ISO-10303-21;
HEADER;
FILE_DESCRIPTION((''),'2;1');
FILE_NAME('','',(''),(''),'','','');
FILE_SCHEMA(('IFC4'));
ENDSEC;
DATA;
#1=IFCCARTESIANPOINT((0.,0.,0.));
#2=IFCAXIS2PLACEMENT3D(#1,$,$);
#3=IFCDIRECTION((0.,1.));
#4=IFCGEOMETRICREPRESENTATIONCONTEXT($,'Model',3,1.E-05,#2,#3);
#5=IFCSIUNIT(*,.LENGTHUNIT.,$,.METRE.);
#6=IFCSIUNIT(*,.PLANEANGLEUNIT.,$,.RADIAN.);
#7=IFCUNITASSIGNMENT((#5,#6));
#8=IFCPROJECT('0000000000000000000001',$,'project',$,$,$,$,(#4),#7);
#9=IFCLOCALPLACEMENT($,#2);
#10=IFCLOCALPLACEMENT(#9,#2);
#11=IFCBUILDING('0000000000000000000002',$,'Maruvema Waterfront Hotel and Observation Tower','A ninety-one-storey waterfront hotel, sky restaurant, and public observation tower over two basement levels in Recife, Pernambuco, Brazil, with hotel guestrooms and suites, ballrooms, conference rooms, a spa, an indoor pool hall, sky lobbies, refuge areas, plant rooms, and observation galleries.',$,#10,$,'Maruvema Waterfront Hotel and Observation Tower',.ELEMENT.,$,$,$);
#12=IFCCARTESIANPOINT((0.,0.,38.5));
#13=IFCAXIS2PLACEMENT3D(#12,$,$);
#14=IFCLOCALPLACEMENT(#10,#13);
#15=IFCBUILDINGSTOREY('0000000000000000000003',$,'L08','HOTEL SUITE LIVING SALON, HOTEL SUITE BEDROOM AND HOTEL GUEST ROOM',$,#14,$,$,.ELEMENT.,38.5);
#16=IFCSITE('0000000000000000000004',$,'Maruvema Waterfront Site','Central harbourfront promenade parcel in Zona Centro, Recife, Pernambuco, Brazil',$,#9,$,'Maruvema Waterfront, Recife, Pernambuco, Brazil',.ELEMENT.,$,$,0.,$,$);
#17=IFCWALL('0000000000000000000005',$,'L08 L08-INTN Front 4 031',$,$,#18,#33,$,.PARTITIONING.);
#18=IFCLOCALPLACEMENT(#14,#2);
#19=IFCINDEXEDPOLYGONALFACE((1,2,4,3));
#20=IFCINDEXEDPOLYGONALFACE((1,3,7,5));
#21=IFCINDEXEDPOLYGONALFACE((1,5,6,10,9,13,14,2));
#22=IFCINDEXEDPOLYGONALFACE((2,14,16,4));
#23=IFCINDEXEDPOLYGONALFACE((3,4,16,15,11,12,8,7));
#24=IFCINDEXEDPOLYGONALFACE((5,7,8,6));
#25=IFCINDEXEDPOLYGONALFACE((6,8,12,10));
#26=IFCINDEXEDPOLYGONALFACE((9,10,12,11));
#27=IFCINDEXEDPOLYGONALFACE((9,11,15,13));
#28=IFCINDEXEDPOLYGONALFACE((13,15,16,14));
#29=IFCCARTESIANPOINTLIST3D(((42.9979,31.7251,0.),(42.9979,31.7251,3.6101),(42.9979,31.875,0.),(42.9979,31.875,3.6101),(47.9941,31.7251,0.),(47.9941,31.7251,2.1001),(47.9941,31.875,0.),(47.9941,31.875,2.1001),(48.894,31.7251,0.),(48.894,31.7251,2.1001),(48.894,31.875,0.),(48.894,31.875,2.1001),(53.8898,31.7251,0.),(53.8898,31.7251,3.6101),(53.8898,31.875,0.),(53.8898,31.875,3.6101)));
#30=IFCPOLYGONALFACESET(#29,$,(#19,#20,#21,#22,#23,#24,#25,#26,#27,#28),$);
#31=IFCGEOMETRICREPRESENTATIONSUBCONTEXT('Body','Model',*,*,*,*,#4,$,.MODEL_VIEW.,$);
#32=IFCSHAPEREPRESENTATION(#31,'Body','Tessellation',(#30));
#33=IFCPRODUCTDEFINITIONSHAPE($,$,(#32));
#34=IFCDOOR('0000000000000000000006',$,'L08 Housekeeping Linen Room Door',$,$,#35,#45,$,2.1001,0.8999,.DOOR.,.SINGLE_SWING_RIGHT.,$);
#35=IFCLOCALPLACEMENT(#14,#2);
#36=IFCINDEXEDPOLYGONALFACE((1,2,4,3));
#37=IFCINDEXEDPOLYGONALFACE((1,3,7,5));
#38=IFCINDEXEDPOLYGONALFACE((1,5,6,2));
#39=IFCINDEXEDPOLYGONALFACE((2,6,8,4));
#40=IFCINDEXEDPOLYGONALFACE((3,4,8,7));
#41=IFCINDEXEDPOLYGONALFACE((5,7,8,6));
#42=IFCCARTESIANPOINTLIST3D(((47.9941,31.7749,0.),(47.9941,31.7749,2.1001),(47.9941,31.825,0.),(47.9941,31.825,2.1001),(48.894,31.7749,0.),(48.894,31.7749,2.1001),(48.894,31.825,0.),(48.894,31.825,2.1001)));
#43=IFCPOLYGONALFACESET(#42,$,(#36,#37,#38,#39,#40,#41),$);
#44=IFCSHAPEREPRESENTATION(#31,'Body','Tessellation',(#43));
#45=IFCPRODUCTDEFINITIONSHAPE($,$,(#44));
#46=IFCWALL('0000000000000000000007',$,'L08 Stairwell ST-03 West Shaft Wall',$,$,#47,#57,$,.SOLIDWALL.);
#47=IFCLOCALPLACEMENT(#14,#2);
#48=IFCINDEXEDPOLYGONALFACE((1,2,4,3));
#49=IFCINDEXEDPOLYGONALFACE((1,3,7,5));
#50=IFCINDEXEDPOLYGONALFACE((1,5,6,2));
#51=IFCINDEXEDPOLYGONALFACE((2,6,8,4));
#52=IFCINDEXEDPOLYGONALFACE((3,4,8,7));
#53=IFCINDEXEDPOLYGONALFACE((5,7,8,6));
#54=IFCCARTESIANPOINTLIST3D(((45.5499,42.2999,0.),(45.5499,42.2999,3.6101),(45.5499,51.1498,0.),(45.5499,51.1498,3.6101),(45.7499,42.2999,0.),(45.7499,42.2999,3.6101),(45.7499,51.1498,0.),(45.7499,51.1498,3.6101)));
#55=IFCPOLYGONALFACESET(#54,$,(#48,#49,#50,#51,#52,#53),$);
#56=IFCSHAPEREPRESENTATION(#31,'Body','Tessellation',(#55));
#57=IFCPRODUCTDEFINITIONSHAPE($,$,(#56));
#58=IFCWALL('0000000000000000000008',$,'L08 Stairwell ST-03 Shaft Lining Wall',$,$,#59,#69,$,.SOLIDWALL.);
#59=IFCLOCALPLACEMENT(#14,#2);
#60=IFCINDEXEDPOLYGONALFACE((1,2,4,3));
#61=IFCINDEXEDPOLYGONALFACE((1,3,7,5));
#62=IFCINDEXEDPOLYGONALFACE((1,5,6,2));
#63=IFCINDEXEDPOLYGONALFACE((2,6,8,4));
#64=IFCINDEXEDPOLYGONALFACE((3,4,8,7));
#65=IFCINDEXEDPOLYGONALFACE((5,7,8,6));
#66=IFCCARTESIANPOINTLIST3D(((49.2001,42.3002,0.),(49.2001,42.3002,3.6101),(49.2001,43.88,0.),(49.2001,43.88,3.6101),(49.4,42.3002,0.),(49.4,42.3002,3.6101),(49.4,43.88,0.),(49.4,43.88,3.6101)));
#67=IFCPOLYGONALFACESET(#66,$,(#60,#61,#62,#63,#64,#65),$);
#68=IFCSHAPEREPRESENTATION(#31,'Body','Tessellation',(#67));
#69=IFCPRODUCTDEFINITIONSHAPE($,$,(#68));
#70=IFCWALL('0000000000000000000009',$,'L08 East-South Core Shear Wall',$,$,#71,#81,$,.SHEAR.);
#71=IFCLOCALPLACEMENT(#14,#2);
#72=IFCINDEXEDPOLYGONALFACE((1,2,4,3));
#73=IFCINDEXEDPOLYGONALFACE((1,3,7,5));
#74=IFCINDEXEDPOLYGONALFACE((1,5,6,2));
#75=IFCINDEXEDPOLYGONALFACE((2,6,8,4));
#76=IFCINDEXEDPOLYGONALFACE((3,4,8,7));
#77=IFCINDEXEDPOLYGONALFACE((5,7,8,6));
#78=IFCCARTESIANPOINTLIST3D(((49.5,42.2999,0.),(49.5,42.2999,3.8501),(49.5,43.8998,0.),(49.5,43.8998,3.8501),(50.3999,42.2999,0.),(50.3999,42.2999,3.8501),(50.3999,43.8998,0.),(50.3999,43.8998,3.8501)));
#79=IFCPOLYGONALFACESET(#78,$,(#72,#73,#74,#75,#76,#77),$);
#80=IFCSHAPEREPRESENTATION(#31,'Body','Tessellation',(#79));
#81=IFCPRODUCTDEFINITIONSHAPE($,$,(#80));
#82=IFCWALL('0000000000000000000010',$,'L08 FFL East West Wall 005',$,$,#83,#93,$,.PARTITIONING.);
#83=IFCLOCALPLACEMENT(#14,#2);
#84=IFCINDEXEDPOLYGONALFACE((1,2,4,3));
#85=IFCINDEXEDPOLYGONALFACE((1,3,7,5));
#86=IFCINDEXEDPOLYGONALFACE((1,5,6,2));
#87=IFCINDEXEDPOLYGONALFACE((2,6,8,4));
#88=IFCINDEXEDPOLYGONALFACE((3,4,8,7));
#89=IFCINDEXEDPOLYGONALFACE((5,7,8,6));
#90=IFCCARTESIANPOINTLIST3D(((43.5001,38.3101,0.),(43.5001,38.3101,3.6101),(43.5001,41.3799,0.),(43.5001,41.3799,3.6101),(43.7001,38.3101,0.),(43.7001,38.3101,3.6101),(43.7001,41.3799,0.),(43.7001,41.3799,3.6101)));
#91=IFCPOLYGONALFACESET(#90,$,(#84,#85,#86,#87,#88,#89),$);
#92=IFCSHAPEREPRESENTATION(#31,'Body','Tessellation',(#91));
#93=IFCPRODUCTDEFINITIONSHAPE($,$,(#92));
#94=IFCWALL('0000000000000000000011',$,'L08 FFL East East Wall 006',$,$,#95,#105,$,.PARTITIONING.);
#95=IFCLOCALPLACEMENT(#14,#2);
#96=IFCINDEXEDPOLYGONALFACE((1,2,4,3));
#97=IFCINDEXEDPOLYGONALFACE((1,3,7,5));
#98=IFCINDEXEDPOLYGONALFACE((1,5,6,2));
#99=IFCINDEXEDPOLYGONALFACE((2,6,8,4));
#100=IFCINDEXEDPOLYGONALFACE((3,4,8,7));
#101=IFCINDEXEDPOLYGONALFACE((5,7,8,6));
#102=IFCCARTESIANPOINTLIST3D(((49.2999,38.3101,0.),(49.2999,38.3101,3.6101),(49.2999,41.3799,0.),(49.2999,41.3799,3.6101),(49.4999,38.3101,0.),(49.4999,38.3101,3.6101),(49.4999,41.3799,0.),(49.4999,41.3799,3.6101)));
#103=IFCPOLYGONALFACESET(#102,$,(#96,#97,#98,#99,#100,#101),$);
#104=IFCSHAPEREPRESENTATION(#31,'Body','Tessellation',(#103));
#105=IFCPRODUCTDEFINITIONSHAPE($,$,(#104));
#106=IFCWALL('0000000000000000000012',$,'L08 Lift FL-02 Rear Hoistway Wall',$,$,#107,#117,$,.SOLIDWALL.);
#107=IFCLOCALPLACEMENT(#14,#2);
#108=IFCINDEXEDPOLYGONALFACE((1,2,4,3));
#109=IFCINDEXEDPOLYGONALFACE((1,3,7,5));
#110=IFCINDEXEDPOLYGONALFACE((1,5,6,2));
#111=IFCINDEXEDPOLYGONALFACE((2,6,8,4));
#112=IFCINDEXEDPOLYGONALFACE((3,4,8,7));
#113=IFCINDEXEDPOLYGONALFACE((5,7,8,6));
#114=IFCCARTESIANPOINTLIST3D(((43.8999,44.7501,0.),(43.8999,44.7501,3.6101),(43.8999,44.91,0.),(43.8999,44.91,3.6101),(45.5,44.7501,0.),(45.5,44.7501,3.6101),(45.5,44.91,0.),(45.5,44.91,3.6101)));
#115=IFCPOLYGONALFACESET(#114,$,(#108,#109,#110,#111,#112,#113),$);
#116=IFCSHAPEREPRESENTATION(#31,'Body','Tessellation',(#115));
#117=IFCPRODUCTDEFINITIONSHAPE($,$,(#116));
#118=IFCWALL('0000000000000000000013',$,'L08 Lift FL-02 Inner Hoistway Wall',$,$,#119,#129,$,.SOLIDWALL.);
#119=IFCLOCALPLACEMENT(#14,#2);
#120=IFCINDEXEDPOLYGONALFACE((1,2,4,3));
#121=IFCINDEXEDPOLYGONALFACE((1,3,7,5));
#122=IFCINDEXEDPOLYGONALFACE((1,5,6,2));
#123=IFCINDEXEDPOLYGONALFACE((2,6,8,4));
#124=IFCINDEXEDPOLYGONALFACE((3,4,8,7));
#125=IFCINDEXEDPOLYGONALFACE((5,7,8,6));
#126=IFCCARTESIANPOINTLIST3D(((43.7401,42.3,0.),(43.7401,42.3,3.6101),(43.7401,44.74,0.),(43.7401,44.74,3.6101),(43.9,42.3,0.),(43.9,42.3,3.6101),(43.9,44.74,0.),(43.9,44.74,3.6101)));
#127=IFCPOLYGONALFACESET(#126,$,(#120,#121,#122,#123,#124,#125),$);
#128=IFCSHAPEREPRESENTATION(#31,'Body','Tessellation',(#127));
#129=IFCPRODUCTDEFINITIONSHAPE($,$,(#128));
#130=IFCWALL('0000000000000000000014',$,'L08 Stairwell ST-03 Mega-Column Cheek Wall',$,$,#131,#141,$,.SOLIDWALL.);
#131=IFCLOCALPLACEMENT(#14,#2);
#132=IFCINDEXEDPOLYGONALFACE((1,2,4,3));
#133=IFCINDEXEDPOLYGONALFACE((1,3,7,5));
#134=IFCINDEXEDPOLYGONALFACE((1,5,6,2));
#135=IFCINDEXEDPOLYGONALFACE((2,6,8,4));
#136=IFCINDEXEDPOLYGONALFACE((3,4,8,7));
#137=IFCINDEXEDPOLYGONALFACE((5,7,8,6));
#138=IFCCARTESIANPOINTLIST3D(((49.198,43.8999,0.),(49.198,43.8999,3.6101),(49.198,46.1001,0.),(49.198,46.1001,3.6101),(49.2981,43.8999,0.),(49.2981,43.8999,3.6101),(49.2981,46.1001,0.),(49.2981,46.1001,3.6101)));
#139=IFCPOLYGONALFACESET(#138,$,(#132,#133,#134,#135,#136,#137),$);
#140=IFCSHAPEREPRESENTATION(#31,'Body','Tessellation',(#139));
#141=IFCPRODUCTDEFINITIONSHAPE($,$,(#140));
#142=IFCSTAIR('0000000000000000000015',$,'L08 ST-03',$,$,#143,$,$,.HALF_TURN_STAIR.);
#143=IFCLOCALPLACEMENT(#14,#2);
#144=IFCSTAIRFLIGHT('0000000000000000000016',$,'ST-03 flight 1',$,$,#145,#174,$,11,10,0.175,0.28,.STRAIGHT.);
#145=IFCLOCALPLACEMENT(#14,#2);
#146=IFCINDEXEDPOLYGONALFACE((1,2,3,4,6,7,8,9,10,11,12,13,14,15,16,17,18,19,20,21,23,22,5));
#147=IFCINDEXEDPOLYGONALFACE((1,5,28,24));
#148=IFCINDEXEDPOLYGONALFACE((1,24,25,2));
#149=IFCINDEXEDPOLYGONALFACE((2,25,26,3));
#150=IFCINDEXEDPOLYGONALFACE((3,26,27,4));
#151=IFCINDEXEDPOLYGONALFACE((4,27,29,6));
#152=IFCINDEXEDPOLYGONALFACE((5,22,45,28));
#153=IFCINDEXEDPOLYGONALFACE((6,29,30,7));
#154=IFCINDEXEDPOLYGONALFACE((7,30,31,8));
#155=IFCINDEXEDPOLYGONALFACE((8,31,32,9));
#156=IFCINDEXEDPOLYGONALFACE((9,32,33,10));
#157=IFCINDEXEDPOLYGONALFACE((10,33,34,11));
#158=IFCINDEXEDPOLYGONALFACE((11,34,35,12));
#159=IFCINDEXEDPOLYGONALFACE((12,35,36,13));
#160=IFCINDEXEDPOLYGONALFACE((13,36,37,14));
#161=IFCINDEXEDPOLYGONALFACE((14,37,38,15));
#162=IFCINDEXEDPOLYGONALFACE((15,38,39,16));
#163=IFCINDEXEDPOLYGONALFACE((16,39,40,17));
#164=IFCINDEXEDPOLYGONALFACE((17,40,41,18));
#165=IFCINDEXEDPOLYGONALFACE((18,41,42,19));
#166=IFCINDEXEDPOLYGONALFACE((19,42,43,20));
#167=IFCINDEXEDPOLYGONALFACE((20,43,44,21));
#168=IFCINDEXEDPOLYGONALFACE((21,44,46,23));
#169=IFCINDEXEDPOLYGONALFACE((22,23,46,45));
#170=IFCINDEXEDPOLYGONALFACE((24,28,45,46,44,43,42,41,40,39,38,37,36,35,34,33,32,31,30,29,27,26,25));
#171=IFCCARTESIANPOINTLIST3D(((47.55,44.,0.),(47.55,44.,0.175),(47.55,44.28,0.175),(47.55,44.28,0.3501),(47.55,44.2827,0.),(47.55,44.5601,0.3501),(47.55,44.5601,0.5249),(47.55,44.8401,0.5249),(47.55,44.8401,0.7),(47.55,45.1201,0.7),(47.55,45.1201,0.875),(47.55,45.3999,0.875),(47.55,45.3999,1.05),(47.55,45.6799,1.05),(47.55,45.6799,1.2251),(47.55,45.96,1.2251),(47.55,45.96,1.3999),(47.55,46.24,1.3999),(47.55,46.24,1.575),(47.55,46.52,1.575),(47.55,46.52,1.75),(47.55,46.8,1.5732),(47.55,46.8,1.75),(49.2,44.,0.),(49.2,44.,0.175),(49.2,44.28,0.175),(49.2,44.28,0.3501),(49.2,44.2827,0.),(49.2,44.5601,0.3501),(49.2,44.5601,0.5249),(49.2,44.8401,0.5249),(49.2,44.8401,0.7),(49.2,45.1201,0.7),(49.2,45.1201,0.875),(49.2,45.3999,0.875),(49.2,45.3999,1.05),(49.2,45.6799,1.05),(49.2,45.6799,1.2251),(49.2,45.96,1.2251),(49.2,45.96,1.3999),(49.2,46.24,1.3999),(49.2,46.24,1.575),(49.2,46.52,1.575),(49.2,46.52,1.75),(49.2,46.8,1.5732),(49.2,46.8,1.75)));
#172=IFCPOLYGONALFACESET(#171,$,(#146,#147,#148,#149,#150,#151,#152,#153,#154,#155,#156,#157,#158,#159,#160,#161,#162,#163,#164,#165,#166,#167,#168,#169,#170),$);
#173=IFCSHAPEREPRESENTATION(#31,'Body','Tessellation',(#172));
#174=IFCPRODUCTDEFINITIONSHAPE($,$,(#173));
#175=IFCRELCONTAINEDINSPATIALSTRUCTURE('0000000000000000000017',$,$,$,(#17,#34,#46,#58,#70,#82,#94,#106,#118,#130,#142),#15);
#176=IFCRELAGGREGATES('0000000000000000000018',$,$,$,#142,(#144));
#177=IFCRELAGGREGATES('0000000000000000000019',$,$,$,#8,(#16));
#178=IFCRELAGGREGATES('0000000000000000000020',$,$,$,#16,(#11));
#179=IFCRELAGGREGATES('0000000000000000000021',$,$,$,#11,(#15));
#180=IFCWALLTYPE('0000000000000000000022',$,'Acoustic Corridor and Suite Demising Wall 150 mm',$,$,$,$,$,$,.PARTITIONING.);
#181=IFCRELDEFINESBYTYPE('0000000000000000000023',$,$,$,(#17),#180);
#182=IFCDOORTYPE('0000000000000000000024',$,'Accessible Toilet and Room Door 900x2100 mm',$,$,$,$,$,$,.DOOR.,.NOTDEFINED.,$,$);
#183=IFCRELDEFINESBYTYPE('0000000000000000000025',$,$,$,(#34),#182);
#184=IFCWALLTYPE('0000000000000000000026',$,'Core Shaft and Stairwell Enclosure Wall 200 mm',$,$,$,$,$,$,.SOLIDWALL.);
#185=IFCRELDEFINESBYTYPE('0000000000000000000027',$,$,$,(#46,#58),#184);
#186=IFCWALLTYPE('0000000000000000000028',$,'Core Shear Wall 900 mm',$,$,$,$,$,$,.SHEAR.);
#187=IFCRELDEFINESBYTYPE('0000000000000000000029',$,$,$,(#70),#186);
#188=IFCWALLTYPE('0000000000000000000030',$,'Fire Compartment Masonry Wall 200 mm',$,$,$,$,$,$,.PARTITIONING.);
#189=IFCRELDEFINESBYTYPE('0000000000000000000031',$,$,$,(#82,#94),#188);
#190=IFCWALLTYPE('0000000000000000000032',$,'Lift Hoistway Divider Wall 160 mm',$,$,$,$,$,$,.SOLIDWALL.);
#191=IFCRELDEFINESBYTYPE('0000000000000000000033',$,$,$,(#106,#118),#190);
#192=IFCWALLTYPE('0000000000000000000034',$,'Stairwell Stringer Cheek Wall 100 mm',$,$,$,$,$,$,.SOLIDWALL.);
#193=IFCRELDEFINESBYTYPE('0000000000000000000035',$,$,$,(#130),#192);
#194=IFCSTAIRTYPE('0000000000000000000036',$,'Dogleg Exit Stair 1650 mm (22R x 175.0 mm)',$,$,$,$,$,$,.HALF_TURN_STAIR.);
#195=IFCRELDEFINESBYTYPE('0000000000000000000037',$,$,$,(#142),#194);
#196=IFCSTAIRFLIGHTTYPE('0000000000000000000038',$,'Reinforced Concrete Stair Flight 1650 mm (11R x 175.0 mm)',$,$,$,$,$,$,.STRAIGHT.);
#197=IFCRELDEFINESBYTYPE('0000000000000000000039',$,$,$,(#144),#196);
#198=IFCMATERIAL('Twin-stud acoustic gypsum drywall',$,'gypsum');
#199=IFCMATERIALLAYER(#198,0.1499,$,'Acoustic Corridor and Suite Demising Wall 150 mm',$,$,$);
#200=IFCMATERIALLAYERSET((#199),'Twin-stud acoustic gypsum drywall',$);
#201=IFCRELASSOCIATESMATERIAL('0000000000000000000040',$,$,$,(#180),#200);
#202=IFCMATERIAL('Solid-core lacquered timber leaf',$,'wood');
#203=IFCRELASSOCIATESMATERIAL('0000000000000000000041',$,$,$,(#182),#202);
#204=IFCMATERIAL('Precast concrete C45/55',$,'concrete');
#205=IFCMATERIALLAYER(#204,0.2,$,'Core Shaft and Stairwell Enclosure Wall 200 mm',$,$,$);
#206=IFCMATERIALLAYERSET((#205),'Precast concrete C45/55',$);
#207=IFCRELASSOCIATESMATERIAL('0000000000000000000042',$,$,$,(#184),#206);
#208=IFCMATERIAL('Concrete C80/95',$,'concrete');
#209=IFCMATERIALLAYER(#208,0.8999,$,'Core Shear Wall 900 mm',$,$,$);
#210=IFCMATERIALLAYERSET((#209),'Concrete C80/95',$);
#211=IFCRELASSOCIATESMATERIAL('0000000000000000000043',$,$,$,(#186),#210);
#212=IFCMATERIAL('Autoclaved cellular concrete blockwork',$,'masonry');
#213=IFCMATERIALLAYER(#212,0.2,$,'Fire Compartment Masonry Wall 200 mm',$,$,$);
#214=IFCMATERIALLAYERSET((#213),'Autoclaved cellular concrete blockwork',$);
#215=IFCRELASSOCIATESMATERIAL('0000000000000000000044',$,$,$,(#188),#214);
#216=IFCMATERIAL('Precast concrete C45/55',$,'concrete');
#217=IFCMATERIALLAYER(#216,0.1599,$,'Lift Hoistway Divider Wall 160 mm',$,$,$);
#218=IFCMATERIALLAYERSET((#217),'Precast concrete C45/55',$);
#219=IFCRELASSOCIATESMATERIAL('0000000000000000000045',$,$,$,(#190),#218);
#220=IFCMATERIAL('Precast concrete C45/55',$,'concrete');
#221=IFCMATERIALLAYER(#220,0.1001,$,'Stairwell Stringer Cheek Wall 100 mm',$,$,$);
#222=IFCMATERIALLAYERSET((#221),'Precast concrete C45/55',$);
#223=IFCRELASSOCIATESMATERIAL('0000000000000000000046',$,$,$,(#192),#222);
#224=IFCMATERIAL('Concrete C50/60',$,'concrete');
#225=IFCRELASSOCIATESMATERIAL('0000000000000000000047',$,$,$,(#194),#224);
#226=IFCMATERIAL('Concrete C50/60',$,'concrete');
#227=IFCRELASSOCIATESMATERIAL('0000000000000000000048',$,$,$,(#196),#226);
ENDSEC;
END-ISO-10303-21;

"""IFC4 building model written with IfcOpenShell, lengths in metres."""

from ifc_helpers import new_model, si_unit, direction, frame, frame_2d, origin, place, context, subcontext, project, spatial, polyline, rectangle, outline, extrude, material, layer, layer_set, type_object, element, fill, aggregate, save


model = new_model("IFC4")

# Units and contexts
model_context = context("Model", 3, precision=1e-05, world=origin(), true_north=direction((0.0, 1.0)))
body_context = subcontext(model_context, "Body", "Model", "MODEL_VIEW")
ifc_project = project(units=[si_unit("LENGTHUNIT", "METRE"), si_unit("PLANEANGLEUNIT", "RADIAN")], contexts=[model_context])

# Site, building, storey
site_placement = place(None, origin())
site = spatial("IfcSite", under=ifc_project, at=site_placement, Name="Maruvema Waterfront Site", Description="Central harbourfront promenade parcel in Zona Centro, Recife, Pernambuco, Brazil", LongName="Maruvema Waterfront, Recife, Pernambuco, Brazil", CompositionType="ELEMENT", RefElevation=0.0)
building_placement = place(site_placement, origin())
building = spatial("IfcBuilding", under=site, at=building_placement, Name="Maruvema Waterfront Hotel and Observation Tower", Description="A ninety-one-storey waterfront hotel, sky restaurant, and public observation tower over two basement levels in Recife, Pernambuco, Brazil, with hotel guestrooms and suites, ballrooms, conference rooms, a spa, an indoor pool hall, sky lobbies, refuge areas, plant rooms, and observation galleries.", LongName="Maruvema Waterfront Hotel and Observation Tower", CompositionType="ELEMENT")
storey_placement = place(building_placement, frame((0.0, 0.0, 38.5)))
storey = spatial("IfcBuildingStorey", under=building, at=storey_placement, Name="L08", Description="HOTEL SUITE LIVING SALON, HOTEL SUITE BEDROOM AND HOTEL GUEST ROOM", CompositionType="ELEMENT", Elevation=38.5)

# Wall, opening, door
ifc_material_1 = material(Name="Twin-stud acoustic gypsum drywall", Category="gypsum")
ifc_layer_1 = layer(ifc_material_1, 0.1499, Name="Acoustic Corridor and Suite Demising Wall 150 mm")
ifc_layer_set_1 = layer_set([ifc_layer_1], Name="Twin-stud acoustic gypsum drywall")
wall_type_1 = type_object("IfcWallType", Name="Acoustic Corridor and Suite Demising Wall 150 mm", PredefinedType="PARTITIONING", material=ifc_layer_set_1)
wall_1_placement = place(storey_placement, frame((42.998, 31.8, 0.0), z_axis=(0.0, 0.0, 1.0), x_axis=(1.0, 0.0, 0.0)))
wall_1 = element("IfcWall", 1, at=wall_1_placement, inside=storey, type_object=wall_type_1, Name="L08 L08-INTN Front 4 031", PredefinedType="PARTITIONING", context=body_context, shape_type="SweptSolid", body=[
    extrude(rectangle(XDim=10.8918, YDim=0.1499, at=frame_2d((5.4458, 0.0))), origin(), (0.0, 0.0, 1.0), 3.6101),
])
opening_1_placement = place(wall_1_placement, frame((4.9961, 0.0, 0.0)))
opening_1 = element("IfcOpeningElement", 2, at=opening_1_placement, cuts=wall_1, PredefinedType="OPENING", context=body_context, shape_type="SweptSolid", body=[
    extrude(rectangle(XDim=0.8999, YDim=2.1001, at=frame_2d((0.45, 1.05))), frame((0.0, 0.085, 0.0), z_axis=(0.0, -1.0, 0.0), x_axis=(1.0, 0.0, 0.0)), (0.0, 0.0, 1.0), 0.1699),
])
ifc_material_2 = material(Name="Solid-core lacquered timber leaf", Category="wood")
door_type_1 = type_object("IfcDoorType", Name="Accessible Toilet and Room Door 900x2100 mm", OperationType="NOTDEFINED", PredefinedType="DOOR", material=ifc_material_2)
door_1_placement = place(opening_1_placement, origin())
door_1 = element("IfcDoor", 3, at=door_1_placement, inside=storey, type_object=door_type_1, Name="L08 Housekeeping Linen Room Door", OperationType="SINGLE_SWING_RIGHT", OverallHeight=2.1001, OverallWidth=0.8999, PredefinedType="DOOR", context=body_context, shape_type="SweptSolid", body=[
    extrude(rectangle(XDim=0.8999, YDim=2.1001, at=frame_2d((0.45, 1.05))), frame((0.0, 0.0249, 0.0), z_axis=(0.0, -1.0, 0.0), x_axis=(1.0, 0.0, 0.0)), (0.0, 0.0, 1.0), 0.05),
])
fill(opening_1, door_1)

# Walls
ifc_material_3 = material(Name="Precast concrete C45/55", Category="concrete")
ifc_layer_2 = layer(ifc_material_3, 0.2, Name="Core Shaft and Stairwell Enclosure Wall 200 mm")
ifc_layer_set_2 = layer_set([ifc_layer_2], Name="Precast concrete C45/55")
wall_type_2 = type_object("IfcWallType", Name="Core Shaft and Stairwell Enclosure Wall 200 mm", PredefinedType="SOLIDWALL", material=ifc_layer_set_2)
wall_2_placement = place(storey_placement, frame((45.6499, 42.3, 0.0), z_axis=(0.0, 0.0, 1.0), x_axis=(0.0, 1.0, 0.0)))
element("IfcWall", 4, at=wall_2_placement, inside=storey, type_object=wall_type_2, Name="L08 Stairwell ST-03 West Shaft Wall", PredefinedType="SOLIDWALL", context=body_context, shape_type="SweptSolid", body=[
    extrude(rectangle(XDim=8.8499, YDim=0.2, at=frame_2d((4.4248, 0.0))), origin(), (0.0, 0.0, 1.0), 3.6101),
])
wall_3_placement = place(storey_placement, frame((49.3, 42.3, 0.0), z_axis=(0.0, 0.0, 1.0), x_axis=(0.0, 1.0, 0.0)))
element("IfcWall", 5, at=wall_3_placement, inside=storey, type_object=wall_type_2, Name="L08 Stairwell ST-03 Shaft Lining Wall", PredefinedType="SOLIDWALL", context=body_context, shape_type="SweptSolid", body=[
    extrude(rectangle(XDim=1.5798, YDim=0.2, at=frame_2d((0.79, 0.0))), origin(), (0.0, 0.0, 1.0), 3.6101),
])

# Shared definitions
ifc_material_4 = material(Name="Concrete C80/95", Category="concrete")
ifc_layer_3 = layer(ifc_material_4, 0.8999, Name="Core Shear Wall 900 mm")
ifc_layer_set_3 = layer_set([ifc_layer_3], Name="Concrete C80/95")
wall_type_3 = type_object("IfcWallType", Name="Core Shear Wall 900 mm", PredefinedType="SHEAR", material=ifc_layer_set_3)

# Wall
wall_4_placement = place(storey_placement, frame((49.95, 42.3, 0.0), z_axis=(0.0, 0.0, 1.0), x_axis=(0.0, 1.0, 0.0)))
element("IfcWall", 6, at=wall_4_placement, inside=storey, type_object=wall_type_3, Name="L08 East-South Core Shear Wall", PredefinedType="SHEAR", context=body_context, shape_type="SweptSolid", body=[
    extrude(rectangle(XDim=1.5999, YDim=0.8999, at=frame_2d((0.7998, 0.0))), origin(), (0.0, 0.0, 1.0), 3.8501),
])

# Shared definitions
ifc_material_5 = material(Name="Autoclaved cellular concrete blockwork", Category="masonry")
ifc_layer_4 = layer(ifc_material_5, 0.2, Name="Fire Compartment Masonry Wall 200 mm")
ifc_layer_set_4 = layer_set([ifc_layer_4], Name="Autoclaved cellular concrete blockwork")
wall_type_4 = type_object("IfcWallType", Name="Fire Compartment Masonry Wall 200 mm", PredefinedType="PARTITIONING", material=ifc_layer_set_4)

# Walls
for number, where, z_axis, x_axis, name in (
    (7, (43.6001, 38.3101, 0.0), (0.0, 0.0, 1.0), (0.0, 1.0, 0.0), "L08 FFL East West Wall 005"),
    (8, (49.3999, 38.3101, 0.0), (0.0, 0.0, 1.0), (0.0, 1.0, 0.0), "L08 FFL East East Wall 006"),
):
    element("IfcWall", number, at=place(storey_placement, frame(where, z_axis=z_axis, x_axis=x_axis)), inside=storey, type_object=wall_type_4, Name=name, PredefinedType="PARTITIONING", context=body_context, shape_type="SweptSolid", body=[
        extrude(rectangle(XDim=3.0698, YDim=0.2, at=frame_2d((1.5349, 0.0))), origin(), (0.0, 0.0, 1.0), 3.6101),
    ])
ifc_material_6 = material(Name="Precast concrete C45/55", Category="concrete")
ifc_layer_5 = layer(ifc_material_6, 0.1599, Name="Lift Hoistway Divider Wall 160 mm")
ifc_layer_set_5 = layer_set([ifc_layer_5], Name="Precast concrete C45/55")
wall_type_5 = type_object("IfcWallType", Name="Lift Hoistway Divider Wall 160 mm", PredefinedType="SOLIDWALL", material=ifc_layer_set_5)
wall_5_placement = place(storey_placement, frame((43.8999, 44.8301, 0.0), z_axis=(0.0, 0.0, 1.0), x_axis=(1.0, 0.0, 0.0)))
element("IfcWall", 9, at=wall_5_placement, inside=storey, type_object=wall_type_5, Name="L08 Lift FL-02 Rear Hoistway Wall", PredefinedType="SOLIDWALL", context=body_context, shape_type="SweptSolid", body=[
    extrude(rectangle(XDim=1.6001, YDim=0.1599, at=frame_2d((0.8, 0.0))), origin(), (0.0, 0.0, 1.0), 3.6101),
])
wall_6_placement = place(storey_placement, frame((43.8201, 42.3, 0.0), z_axis=(0.0, 0.0, 1.0), x_axis=(0.0, 1.0, 0.0)))
element("IfcWall", 10, at=wall_6_placement, inside=storey, type_object=wall_type_5, Name="L08 Lift FL-02 Inner Hoistway Wall", PredefinedType="SOLIDWALL", context=body_context, shape_type="SweptSolid", body=[
    extrude(rectangle(XDim=2.4399, YDim=0.1599, at=frame_2d((1.22, 0.0))), origin(), (0.0, 0.0, 1.0), 3.6101),
])
ifc_material_7 = material(Name="Precast concrete C45/55", Category="concrete")
ifc_layer_6 = layer(ifc_material_7, 0.1001, Name="Stairwell Stringer Cheek Wall 100 mm")
ifc_layer_set_6 = layer_set([ifc_layer_6], Name="Precast concrete C45/55")
wall_type_6 = type_object("IfcWallType", Name="Stairwell Stringer Cheek Wall 100 mm", PredefinedType="SOLIDWALL", material=ifc_layer_set_6)
wall_7_placement = place(storey_placement, frame((49.248, 43.8999, 0.0), z_axis=(0.0, 0.0, 1.0), x_axis=(0.0, 1.0, 0.0)))
element("IfcWall", 11, at=wall_7_placement, inside=storey, type_object=wall_type_6, Name="L08 Stairwell ST-03 Mega-Column Cheek Wall", PredefinedType="SOLIDWALL", context=body_context, shape_type="SweptSolid", body=[
    extrude(rectangle(XDim=2.2002, YDim=0.1001, at=frame_2d((1.1001, 0.0))), origin(), (0.0, 0.0, 1.0), 3.6101),
])

# Stair, stair flight
ifc_material_8 = material(Name="Concrete C50/60", Category="concrete")
stair_type = type_object("IfcStairType", Name="Dogleg Exit Stair 1650 mm (22R x 175.0 mm)", PredefinedType="HALF_TURN_STAIR", material=ifc_material_8)
stair_placement = place(storey_placement, origin())
stair = element("IfcStair", 12, at=stair_placement, inside=storey, type_object=stair_type, Name="L08 ST-03", PredefinedType="HALF_TURN_STAIR")
ifc_material_9 = material(Name="Concrete C50/60", Category="concrete")
stair_flight_type = type_object("IfcStairFlightType", Name="Reinforced Concrete Stair Flight 1650 mm (11R x 175.0 mm)", PredefinedType="STRAIGHT", material=ifc_material_9)
stair_flight_placement = place(storey_placement, frame((48.375, 44.0, 0.0), z_axis=(0.0, 0.0, 1.0), x_axis=(0.0, 1.0, 0.0)))
stair_flight = element("IfcStairFlight", 13, at=stair_flight_placement, type_object=stair_flight_type, Name="ST-03 flight 1", NumberOfRisers=11, NumberOfTreads=10, PredefinedType="STRAIGHT", RiserHeight=0.175, TreadLength=0.28, context=body_context, shape_type="SweptSolid", body=[
    extrude(outline(polyline([(0.0, 0.0), (0.0, 0.175), (0.28, 0.175), (0.28, 0.3501), (0.5601, 0.3501), (0.5601, 0.5249), (0.8401, 0.5249), (0.8401, 0.7), (1.1201, 0.7), (1.1201, 0.875), (1.3999, 0.875), (1.3999, 1.05), (1.6799, 1.05), (1.6799, 1.2251), (1.96, 1.2251), (1.96, 1.3999), (2.24, 1.3999), (2.24, 1.575), (2.52, 1.575), (2.52, 1.75), (2.8, 1.75), (2.8, 1.925), (2.8, 1.5732), (0.2827, 0.0), (0.0, 0.0)])), frame((0.0, 0.825, 0.0), z_axis=(0.0, -1.0, 0.0), x_axis=(1.0, 0.0, 0.0)), (0.0, 0.0, 1.0), 1.6499),
])
aggregate(stair, [stair_flight])

save(model, "model.ifc")
